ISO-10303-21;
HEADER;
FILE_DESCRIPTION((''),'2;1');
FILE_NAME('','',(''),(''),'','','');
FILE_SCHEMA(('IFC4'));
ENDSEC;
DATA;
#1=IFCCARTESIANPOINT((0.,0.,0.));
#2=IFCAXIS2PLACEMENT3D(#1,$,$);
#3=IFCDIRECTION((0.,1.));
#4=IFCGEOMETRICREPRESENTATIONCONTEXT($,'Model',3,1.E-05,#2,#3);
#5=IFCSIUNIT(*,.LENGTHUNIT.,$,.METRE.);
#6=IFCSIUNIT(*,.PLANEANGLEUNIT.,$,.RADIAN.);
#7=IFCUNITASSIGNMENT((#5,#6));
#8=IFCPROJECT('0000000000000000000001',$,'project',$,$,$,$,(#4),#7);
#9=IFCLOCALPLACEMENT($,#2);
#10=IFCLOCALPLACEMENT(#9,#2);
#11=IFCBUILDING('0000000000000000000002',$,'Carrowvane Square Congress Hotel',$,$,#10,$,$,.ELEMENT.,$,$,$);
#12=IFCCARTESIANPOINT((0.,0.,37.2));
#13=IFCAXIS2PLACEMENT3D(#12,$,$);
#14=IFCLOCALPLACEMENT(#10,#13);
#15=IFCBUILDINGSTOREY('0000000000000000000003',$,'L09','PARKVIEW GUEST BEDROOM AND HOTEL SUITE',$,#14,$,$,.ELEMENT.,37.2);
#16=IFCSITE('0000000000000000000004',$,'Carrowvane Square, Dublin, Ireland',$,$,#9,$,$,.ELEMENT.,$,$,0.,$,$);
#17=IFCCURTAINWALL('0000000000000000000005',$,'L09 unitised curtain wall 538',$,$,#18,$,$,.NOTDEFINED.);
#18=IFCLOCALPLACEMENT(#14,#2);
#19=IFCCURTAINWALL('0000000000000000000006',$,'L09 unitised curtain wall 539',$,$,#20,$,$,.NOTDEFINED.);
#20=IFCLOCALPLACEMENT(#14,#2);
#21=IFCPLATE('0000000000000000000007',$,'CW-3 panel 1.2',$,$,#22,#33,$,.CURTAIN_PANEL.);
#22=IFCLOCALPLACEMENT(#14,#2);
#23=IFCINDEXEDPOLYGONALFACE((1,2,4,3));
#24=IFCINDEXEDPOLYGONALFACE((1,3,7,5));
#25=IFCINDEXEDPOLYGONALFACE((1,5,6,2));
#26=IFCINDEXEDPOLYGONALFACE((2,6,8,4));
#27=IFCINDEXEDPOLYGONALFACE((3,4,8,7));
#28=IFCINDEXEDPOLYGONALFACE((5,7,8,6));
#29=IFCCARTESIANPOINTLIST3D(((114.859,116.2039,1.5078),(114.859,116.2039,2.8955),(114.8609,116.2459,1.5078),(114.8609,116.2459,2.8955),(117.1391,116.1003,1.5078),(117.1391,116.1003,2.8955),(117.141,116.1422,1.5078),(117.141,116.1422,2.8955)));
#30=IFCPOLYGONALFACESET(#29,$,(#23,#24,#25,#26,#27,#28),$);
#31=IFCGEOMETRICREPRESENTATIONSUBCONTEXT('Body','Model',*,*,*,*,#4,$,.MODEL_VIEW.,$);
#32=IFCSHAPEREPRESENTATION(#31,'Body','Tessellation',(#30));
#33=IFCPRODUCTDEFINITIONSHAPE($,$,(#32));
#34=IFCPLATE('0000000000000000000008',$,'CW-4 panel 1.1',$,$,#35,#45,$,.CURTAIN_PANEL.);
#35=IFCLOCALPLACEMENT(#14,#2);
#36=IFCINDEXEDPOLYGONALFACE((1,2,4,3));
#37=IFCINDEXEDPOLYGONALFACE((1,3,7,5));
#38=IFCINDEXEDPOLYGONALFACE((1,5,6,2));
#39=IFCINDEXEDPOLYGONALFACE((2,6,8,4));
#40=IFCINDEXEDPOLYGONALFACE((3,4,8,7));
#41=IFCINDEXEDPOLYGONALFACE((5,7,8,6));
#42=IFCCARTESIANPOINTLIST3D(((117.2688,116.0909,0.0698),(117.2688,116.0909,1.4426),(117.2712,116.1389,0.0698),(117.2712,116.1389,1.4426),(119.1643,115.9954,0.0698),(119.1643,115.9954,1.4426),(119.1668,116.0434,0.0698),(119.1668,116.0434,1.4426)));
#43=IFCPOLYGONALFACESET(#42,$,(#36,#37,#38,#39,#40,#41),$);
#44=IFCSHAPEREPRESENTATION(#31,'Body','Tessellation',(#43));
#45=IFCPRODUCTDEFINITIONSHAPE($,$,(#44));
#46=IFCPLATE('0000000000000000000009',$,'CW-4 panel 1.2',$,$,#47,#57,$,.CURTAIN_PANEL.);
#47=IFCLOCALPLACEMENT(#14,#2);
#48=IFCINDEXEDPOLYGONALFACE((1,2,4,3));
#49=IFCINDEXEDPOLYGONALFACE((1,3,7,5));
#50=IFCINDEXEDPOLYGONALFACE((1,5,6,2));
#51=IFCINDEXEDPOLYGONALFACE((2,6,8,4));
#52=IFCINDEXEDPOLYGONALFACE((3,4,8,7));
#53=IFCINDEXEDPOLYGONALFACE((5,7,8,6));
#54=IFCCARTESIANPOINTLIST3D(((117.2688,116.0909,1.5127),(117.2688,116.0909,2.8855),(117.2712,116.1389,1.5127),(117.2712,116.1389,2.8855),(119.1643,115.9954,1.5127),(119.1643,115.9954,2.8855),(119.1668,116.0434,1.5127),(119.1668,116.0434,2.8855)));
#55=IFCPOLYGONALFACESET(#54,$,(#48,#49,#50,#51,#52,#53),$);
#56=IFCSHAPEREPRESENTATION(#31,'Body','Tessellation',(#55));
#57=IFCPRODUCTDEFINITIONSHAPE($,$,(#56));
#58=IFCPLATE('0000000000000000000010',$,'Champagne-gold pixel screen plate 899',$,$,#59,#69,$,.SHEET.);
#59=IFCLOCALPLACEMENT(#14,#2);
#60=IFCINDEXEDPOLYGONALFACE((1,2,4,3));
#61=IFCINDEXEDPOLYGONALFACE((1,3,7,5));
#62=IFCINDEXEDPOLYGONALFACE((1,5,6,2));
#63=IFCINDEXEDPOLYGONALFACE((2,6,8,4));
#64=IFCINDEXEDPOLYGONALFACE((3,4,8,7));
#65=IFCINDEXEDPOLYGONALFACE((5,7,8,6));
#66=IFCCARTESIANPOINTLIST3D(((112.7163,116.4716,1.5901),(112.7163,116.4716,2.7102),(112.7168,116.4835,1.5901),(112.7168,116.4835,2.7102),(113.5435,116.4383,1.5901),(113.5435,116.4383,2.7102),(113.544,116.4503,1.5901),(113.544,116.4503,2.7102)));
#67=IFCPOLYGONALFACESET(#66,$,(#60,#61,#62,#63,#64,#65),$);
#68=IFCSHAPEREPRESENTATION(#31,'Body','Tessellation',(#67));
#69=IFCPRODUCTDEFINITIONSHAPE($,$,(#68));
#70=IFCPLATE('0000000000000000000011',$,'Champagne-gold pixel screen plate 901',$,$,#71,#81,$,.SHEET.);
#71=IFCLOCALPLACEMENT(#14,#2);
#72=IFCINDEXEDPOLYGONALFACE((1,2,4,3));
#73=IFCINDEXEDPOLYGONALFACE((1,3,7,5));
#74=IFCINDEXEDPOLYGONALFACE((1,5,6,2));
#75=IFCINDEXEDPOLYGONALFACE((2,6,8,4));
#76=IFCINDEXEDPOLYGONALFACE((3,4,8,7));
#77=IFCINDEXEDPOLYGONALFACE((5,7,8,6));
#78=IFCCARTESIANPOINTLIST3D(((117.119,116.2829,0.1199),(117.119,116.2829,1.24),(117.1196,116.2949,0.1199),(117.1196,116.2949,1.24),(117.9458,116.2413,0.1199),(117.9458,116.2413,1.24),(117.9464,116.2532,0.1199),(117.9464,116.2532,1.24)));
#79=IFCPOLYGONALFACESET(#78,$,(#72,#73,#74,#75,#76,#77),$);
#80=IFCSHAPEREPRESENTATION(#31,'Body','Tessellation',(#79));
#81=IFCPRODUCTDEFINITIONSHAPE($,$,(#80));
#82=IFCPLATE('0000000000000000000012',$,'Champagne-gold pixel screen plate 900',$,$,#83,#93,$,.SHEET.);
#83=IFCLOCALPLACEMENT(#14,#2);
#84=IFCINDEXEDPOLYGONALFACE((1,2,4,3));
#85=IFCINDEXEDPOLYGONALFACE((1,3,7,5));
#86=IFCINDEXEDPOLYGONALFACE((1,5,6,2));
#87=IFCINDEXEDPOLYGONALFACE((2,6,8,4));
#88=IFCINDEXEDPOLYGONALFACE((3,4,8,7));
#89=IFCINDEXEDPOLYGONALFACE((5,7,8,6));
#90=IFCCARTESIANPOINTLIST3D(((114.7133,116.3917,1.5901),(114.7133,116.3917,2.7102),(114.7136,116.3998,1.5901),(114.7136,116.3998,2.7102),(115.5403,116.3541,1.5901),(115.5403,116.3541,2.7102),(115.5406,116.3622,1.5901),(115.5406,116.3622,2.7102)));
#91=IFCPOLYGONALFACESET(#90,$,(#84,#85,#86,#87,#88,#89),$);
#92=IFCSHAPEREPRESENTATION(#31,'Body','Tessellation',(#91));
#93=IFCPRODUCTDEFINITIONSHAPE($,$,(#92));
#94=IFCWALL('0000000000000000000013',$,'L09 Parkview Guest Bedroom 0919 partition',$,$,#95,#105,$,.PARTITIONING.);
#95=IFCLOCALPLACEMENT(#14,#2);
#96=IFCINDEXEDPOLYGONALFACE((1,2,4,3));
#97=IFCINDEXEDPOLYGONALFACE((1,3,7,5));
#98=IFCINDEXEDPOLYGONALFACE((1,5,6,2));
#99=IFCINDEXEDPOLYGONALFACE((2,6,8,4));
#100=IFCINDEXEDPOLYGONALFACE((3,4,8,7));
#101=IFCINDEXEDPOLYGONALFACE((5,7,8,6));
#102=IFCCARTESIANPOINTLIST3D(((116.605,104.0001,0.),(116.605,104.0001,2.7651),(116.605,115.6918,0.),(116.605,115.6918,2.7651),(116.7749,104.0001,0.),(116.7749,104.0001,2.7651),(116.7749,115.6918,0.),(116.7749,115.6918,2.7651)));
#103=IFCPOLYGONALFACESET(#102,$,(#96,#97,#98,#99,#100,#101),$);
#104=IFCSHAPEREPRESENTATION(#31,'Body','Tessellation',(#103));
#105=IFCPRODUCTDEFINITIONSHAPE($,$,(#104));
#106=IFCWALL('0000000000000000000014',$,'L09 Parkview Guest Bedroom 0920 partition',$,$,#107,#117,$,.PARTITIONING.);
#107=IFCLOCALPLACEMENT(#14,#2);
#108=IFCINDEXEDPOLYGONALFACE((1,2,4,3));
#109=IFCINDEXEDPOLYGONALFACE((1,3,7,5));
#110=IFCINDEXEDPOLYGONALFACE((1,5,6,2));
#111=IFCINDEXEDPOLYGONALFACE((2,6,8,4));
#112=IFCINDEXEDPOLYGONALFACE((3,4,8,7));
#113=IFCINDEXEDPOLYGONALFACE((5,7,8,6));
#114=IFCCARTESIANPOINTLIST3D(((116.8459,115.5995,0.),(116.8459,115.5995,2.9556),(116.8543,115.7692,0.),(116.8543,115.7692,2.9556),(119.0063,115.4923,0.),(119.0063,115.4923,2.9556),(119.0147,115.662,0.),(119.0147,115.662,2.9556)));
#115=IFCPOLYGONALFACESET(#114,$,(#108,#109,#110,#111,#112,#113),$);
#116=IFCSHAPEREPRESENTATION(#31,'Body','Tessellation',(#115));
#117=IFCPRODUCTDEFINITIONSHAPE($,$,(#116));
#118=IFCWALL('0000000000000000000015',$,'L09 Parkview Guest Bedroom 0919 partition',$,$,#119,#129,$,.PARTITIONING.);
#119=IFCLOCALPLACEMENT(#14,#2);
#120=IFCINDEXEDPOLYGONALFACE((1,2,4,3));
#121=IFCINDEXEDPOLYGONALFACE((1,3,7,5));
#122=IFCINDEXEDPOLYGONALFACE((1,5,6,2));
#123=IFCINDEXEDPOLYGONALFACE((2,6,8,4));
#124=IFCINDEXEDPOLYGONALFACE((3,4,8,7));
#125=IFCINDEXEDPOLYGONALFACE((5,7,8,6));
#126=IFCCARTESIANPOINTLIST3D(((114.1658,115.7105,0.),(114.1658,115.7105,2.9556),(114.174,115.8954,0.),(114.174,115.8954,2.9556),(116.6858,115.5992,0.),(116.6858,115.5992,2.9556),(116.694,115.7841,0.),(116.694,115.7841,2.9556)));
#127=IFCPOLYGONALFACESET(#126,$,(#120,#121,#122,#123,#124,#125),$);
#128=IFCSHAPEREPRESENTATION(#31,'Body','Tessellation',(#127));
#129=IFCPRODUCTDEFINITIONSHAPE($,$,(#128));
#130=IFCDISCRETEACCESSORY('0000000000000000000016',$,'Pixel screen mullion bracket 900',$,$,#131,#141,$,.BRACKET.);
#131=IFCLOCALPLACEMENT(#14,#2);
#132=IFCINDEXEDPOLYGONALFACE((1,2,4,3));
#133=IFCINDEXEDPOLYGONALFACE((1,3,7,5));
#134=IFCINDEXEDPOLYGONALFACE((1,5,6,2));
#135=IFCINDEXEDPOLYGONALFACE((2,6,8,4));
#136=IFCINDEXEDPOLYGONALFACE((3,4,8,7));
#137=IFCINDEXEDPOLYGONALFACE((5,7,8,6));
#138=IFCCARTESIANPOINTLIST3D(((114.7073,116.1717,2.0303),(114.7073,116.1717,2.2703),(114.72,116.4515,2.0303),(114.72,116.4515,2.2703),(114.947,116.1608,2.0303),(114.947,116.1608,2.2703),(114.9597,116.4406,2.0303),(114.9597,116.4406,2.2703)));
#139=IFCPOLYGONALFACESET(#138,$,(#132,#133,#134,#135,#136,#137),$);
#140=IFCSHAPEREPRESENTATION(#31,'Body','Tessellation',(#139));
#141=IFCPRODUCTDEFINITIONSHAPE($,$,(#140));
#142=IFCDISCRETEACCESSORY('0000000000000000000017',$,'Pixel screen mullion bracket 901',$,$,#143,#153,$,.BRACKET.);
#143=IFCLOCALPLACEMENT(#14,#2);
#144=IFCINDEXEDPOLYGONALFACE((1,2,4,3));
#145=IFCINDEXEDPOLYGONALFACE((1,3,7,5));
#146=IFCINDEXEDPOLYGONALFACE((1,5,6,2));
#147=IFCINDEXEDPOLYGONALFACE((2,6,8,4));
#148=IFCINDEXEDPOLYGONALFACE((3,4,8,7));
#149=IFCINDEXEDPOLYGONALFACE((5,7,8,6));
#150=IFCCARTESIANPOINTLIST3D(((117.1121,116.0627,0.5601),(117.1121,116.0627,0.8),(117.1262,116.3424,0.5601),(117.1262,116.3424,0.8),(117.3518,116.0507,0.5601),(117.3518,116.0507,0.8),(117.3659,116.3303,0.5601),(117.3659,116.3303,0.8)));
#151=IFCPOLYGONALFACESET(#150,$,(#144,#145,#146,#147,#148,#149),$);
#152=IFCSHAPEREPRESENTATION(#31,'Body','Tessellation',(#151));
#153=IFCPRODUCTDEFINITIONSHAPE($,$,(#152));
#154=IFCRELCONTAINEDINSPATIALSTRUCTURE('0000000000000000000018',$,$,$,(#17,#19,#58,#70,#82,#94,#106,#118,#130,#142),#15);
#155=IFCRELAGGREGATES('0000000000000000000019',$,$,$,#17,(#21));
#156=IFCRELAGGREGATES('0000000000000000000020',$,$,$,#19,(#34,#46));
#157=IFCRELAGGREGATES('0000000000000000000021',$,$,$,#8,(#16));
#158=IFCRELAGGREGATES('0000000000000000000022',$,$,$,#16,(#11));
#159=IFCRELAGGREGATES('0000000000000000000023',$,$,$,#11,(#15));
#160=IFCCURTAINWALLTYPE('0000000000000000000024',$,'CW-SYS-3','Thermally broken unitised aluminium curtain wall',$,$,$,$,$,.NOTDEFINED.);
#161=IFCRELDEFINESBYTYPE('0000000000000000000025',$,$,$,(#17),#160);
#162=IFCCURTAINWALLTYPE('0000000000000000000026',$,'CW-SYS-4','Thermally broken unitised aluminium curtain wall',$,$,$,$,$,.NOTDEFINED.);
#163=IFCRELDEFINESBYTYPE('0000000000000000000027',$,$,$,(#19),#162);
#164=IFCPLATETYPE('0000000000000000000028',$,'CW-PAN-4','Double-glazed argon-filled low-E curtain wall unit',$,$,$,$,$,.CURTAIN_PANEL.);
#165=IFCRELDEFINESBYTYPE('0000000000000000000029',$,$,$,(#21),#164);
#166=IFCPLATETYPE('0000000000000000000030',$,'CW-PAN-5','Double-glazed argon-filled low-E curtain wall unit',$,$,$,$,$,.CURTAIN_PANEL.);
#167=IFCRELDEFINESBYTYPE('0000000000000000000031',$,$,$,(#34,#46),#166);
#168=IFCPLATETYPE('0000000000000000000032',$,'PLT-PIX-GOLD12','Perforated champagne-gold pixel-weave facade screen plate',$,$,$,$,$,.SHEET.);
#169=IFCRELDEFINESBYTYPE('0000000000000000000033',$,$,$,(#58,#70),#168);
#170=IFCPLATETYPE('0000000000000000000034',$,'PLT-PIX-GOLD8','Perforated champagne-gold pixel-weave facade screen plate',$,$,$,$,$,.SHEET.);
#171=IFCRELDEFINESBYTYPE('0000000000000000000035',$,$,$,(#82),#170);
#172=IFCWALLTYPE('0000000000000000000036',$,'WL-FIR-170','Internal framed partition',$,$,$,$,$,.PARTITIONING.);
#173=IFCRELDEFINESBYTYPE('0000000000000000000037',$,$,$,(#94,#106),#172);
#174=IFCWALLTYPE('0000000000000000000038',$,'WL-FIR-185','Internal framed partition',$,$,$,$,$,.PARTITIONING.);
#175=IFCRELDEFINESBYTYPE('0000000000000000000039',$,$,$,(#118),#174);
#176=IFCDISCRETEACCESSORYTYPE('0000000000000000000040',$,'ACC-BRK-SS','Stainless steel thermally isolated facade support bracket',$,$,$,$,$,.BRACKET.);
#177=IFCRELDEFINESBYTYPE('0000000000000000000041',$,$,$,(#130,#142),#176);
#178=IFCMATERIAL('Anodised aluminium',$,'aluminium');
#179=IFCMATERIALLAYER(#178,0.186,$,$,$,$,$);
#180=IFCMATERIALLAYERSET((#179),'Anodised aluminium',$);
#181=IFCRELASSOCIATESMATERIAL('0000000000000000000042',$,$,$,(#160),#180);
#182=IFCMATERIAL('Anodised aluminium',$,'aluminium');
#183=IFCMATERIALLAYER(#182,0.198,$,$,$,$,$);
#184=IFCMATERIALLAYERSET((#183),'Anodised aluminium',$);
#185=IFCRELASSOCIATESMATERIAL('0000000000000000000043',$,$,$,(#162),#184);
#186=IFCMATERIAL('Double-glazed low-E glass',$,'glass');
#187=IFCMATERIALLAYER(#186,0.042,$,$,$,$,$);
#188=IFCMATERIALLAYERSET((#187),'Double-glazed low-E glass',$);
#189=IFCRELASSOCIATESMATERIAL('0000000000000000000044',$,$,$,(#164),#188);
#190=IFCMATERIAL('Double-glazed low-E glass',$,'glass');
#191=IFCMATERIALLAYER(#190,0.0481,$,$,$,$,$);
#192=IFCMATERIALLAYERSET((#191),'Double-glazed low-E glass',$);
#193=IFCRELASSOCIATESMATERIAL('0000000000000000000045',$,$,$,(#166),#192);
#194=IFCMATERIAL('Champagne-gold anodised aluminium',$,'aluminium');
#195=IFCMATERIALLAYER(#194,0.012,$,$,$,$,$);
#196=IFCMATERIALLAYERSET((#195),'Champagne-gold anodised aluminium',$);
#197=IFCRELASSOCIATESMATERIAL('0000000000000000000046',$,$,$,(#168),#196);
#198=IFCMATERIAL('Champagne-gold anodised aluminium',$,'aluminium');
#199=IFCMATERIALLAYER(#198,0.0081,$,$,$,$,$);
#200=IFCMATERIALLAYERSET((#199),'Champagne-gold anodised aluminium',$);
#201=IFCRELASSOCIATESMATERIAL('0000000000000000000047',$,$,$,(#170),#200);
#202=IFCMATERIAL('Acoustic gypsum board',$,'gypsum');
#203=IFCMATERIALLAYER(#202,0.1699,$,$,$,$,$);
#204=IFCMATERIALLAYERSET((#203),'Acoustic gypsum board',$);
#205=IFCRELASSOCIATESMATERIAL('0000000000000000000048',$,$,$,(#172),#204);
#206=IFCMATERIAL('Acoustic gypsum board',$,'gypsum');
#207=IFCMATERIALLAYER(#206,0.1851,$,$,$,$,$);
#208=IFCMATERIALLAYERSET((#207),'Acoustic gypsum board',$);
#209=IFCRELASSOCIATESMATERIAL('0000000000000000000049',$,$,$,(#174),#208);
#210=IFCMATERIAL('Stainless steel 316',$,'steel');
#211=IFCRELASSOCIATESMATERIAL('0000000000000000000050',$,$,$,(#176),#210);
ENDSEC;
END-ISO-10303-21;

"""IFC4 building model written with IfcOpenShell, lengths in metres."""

from ifc_helpers import new_model, si_unit, direction, frame, frame_2d, origin, origin_2d, place, context, subcontext, project, spatial, rectangle, extrude, material, layer, layer_set, type_object, element, aggregate, save


model = new_model("IFC4")

# Units and contexts
model_context = context("Model", 3, precision=1e-05, world=origin(), true_north=direction((0.0, 1.0)))
body_context = subcontext(model_context, "Body", "Model", "MODEL_VIEW")
ifc_project = project(units=[si_unit("LENGTHUNIT", "METRE"), si_unit("PLANEANGLEUNIT", "RADIAN")], contexts=[model_context])

# Site, building, storey
site_placement = place(None, origin())
site = spatial("IfcSite", under=ifc_project, at=site_placement, Name="Carrowvane Square, Dublin, Ireland", CompositionType="ELEMENT", RefElevation=0.0)
building_placement = place(site_placement, origin())
building = spatial("IfcBuilding", under=site, at=building_placement, Name="Carrowvane Square Congress Hotel", CompositionType="ELEMENT")
storey_placement = place(building_placement, frame((0.0, 0.0, 37.2)))
storey = spatial("IfcBuildingStorey", under=building, at=storey_placement, Name="L09", Description="PARKVIEW GUEST BEDROOM AND HOTEL SUITE", CompositionType="ELEMENT", Elevation=37.2)

# Curtain wall
ifc_material_1 = material(Name="Anodised aluminium", Category="aluminium")
ifc_layer_1 = layer(ifc_material_1, 0.186)
ifc_layer_set_1 = layer_set([ifc_layer_1], Name="Anodised aluminium")
curtain_wall_type_1 = type_object("IfcCurtainWallType", Name="CW-SYS-3", Description="Thermally broken unitised aluminium curtain wall", PredefinedType="NOTDEFINED", material=ifc_layer_set_1)
curtain_wall_1_placement = place(storey_placement, origin())
curtain_wall_1 = element("IfcCurtainWall", 1, at=curtain_wall_1_placement, inside=storey, type_object=curtain_wall_type_1, Name="L09 unitised curtain wall 538", PredefinedType="NOTDEFINED")

# Curtain wall
ifc_material_2 = material(Name="Anodised aluminium", Category="aluminium")
ifc_layer_2 = layer(ifc_material_2, 0.198)
ifc_layer_set_2 = layer_set([ifc_layer_2], Name="Anodised aluminium")
curtain_wall_type_2 = type_object("IfcCurtainWallType", Name="CW-SYS-4", Description="Thermally broken unitised aluminium curtain wall", PredefinedType="NOTDEFINED", material=ifc_layer_set_2)
curtain_wall_2_placement = place(storey_placement, origin())
curtain_wall_2 = element("IfcCurtainWall", 2, at=curtain_wall_2_placement, inside=storey, type_object=curtain_wall_type_2, Name="L09 unitised curtain wall 539", PredefinedType="NOTDEFINED")

# Plates
ifc_material_3 = material(Name="Double-glazed low-E glass", Category="glass")
ifc_layer_3 = layer(ifc_material_3, 0.042)
ifc_layer_set_3 = layer_set([ifc_layer_3], Name="Double-glazed low-E glass")
plate_type_1 = type_object("IfcPlateType", Name="CW-PAN-4", Description="Double-glazed argon-filled low-E curtain wall unit", PredefinedType="CURTAIN_PANEL", material=ifc_layer_set_3)
plate_1_placement = place(storey_placement, frame((116.0, 116.1731, 1.5078), z_axis=(0.0, 0.0, 1.0), x_axis=(0.998968, -0.045411, 0.0)))
plate_1 = element("IfcPlate", 3, at=plate_1_placement, type_object=plate_type_1, Name="CW-3 panel 1.2", PredefinedType="CURTAIN_PANEL", context=body_context, shape_type="SweptSolid", body=[
    extrude(rectangle(XDim=2.2825, YDim=0.042, at=origin_2d()), origin(), (0.0, 0.0, 1.0), 1.3877),
])
aggregate(curtain_wall_1, [plate_1])
ifc_material_4 = material(Name="Double-glazed low-E glass", Category="glass")
ifc_layer_4 = layer(ifc_material_4, 0.0481)
ifc_layer_set_4 = layer_set([ifc_layer_4], Name="Double-glazed low-E glass")
plate_type_2 = type_object("IfcPlateType", Name="CW-PAN-5", Description="Double-glazed argon-filled low-E curtain wall unit", PredefinedType="CURTAIN_PANEL", material=ifc_layer_set_4)
plate_2_placement = place(storey_placement, frame((118.2178, 116.0671, 0.0698), z_axis=(0.0, 0.0, 1.0), x_axis=(0.998733, -0.050324, 0.0)))
plate_2 = element("IfcPlate", 4, at=plate_2_placement, type_object=plate_type_2, Name="CW-4 panel 1.1", PredefinedType="CURTAIN_PANEL", context=body_context, shape_type="SweptSolid", body=[
    extrude(rectangle(XDim=1.8979, YDim=0.0481, at=origin_2d()), origin(), (0.0, 0.0, 1.0), 1.3728),
])
plate_3_placement = place(storey_placement, frame((118.2178, 116.0671, 1.5127), z_axis=(0.0, 0.0, 1.0), x_axis=(0.998733, -0.050324, 0.0)))
plate_3 = element("IfcPlate", 5, at=plate_3_placement, type_object=plate_type_2, Name="CW-4 panel 1.2", PredefinedType="CURTAIN_PANEL", context=body_context, shape_type="SweptSolid", body=[
    extrude(rectangle(XDim=1.8979, YDim=0.0481, at=origin_2d()), origin(), (0.0, 0.0, 1.0), 1.3728),
])
aggregate(curtain_wall_2, [plate_2, plate_3])

# Plates
ifc_material_5 = material(Name="Champagne-gold anodised aluminium", Category="aluminium")
ifc_layer_5 = layer(ifc_material_5, 0.012)
ifc_layer_set_5 = layer_set([ifc_layer_5], Name="Champagne-gold anodised aluminium")
plate_type_3 = type_object("IfcPlateType", Name="PLT-PIX-GOLD12", Description="Perforated champagne-gold pixel-weave facade screen plate", PredefinedType="SHEET", material=ifc_layer_set_5)
for number, where, z_axis, x_axis, name in (
    (6, (113.1301, 116.4609, 1.5901), (0.0, 0.0, 1.0), (0.999194, -0.040134, 0.0), "Champagne-gold pixel screen plate 899"),
    (7, (117.5327, 116.2681, 0.1199), (0.0, 0.0, 1.0), (0.998733, -0.050322, 0.0), "Champagne-gold pixel screen plate 901"),
):
    element("IfcPlate", number, at=place(storey_placement, frame(where, z_axis=z_axis, x_axis=x_axis)), inside=storey, type_object=plate_type_3, Name=name, PredefinedType="SHEET", context=body_context, shape_type="SweptSolid", body=[
        extrude(rectangle(XDim=0.8279, YDim=0.012, at=origin_2d()), origin(), (0.0, 0.0, 1.0), 1.1201),
    ])
ifc_material_6 = material(Name="Champagne-gold anodised aluminium", Category="aluminium")
ifc_layer_6 = layer(ifc_material_6, 0.0081)
ifc_layer_set_6 = layer_set([ifc_layer_6], Name="Champagne-gold anodised aluminium")
plate_type_4 = type_object("IfcPlateType", Name="PLT-PIX-GOLD8", Description="Perforated champagne-gold pixel-weave facade screen plate", PredefinedType="SHEET", material=ifc_layer_set_6)
plate_4_placement = place(storey_placement, frame((115.127, 116.377, 1.5901), z_axis=(0.0, 0.0, 1.0), x_axis=(0.998968, -0.045414, 0.0)))
element("IfcPlate", 8, at=plate_4_placement, inside=storey, type_object=plate_type_4, Name="Champagne-gold pixel screen plate 900", PredefinedType="SHEET", context=body_context, shape_type="SweptSolid", body=[
    extrude(rectangle(XDim=0.8279, YDim=0.0081, at=origin_2d()), origin(), (0.0, 0.0, 1.0), 1.1201),
])

# Walls
ifc_material_7 = material(Name="Acoustic gypsum board", Category="gypsum")
ifc_layer_7 = layer(ifc_material_7, 0.1699)
ifc_layer_set_7 = layer_set([ifc_layer_7], Name="Acoustic gypsum board")
wall_type_1 = type_object("IfcWallType", Name="WL-FIR-170", Description="Internal framed partition", PredefinedType="PARTITIONING", material=ifc_layer_set_7)
wall_1_placement = place(storey_placement, frame((116.6899, 115.6917, 0.0), z_axis=(0.0, 0.0, 1.0), x_axis=(0.0, -1.0, 0.0)))
element("IfcWall", 9, at=wall_1_placement, inside=storey, type_object=wall_type_1, Name="L09 Parkview Guest Bedroom 0919 partition", PredefinedType="PARTITIONING", context=body_context, shape_type="SweptSolid", body=[
    extrude(rectangle(XDim=11.6917, YDim=0.1699, at=frame_2d((5.8457, 0.0))), origin(), (0.0, 0.0, 1.0), 2.7651),
])
wall_2_placement = place(storey_placement, frame((116.8501, 115.6843, 0.0), z_axis=(0.0, 0.0, 1.0), x_axis=(0.998772, -0.049549, 0.0)))
element("IfcWall", 10, at=wall_2_placement, inside=storey, type_object=wall_type_1, Name="L09 Parkview Guest Bedroom 0920 partition", PredefinedType="PARTITIONING", context=body_context, shape_type="SweptSolid", body=[
    extrude(rectangle(XDim=2.1631, YDim=0.1699, at=frame_2d((1.0815, 0.0))), origin(), (0.0, 0.0, 1.0), 2.9556),
])
ifc_material_8 = material(Name="Acoustic gypsum board", Category="gypsum")
ifc_layer_8 = layer(ifc_material_8, 0.1851)
ifc_layer_set_8 = layer_set([ifc_layer_8], Name="Acoustic gypsum board")
wall_type_2 = type_object("IfcWallType", Name="WL-FIR-185", Description="Internal framed partition", PredefinedType="PARTITIONING", material=ifc_layer_set_8)
wall_3_placement = place(storey_placement, frame((114.1699, 115.803, 0.0), z_axis=(0.0, 0.0, 1.0), x_axis=(0.999026, -0.044134, 0.0)))
element("IfcWall", 11, at=wall_3_placement, inside=storey, type_object=wall_type_2, Name="L09 Parkview Guest Bedroom 0919 partition", PredefinedType="PARTITIONING", context=body_context, shape_type="SweptSolid", body=[
    extrude(rectangle(XDim=2.5225, YDim=0.1851, at=frame_2d((1.2612, 0.0))), origin(), (0.0, 0.0, 1.0), 2.9556),
])

# Discrete accessories
ifc_material_9 = material(Name="Stainless steel 316", Category="steel")
discrete_accessory_type = type_object("IfcDiscreteAccessoryType", Name="ACC-BRK-SS", Description="Stainless steel thermally isolated facade support bracket", PredefinedType="BRACKET", material=ifc_material_9)
for number, where, z_axis, x_axis, name in (
    (12, (114.8335, 116.3062, 2.0303), (0.0, 0.0, 1.0), (0.998968, -0.045414, 0.0), "Pixel screen mullion bracket 900"),
    (13, (117.239, 116.1965, 0.5601), (0.0, 0.0, 1.0), (0.998733, -0.050322, 0.0), "Pixel screen mullion bracket 901"),
):
    element("IfcDiscreteAccessory", number, at=place(storey_placement, frame(where, z_axis=z_axis, x_axis=x_axis)), inside=storey, type_object=discrete_accessory_type, Name=name, PredefinedType="BRACKET", context=body_context, shape_type="SweptSolid", body=[
        extrude(rectangle(XDim=0.24, YDim=0.28, at=origin_2d()), origin(), (0.0, 0.0, 1.0), 0.24),
    ])

save(model, "model.ifc")
